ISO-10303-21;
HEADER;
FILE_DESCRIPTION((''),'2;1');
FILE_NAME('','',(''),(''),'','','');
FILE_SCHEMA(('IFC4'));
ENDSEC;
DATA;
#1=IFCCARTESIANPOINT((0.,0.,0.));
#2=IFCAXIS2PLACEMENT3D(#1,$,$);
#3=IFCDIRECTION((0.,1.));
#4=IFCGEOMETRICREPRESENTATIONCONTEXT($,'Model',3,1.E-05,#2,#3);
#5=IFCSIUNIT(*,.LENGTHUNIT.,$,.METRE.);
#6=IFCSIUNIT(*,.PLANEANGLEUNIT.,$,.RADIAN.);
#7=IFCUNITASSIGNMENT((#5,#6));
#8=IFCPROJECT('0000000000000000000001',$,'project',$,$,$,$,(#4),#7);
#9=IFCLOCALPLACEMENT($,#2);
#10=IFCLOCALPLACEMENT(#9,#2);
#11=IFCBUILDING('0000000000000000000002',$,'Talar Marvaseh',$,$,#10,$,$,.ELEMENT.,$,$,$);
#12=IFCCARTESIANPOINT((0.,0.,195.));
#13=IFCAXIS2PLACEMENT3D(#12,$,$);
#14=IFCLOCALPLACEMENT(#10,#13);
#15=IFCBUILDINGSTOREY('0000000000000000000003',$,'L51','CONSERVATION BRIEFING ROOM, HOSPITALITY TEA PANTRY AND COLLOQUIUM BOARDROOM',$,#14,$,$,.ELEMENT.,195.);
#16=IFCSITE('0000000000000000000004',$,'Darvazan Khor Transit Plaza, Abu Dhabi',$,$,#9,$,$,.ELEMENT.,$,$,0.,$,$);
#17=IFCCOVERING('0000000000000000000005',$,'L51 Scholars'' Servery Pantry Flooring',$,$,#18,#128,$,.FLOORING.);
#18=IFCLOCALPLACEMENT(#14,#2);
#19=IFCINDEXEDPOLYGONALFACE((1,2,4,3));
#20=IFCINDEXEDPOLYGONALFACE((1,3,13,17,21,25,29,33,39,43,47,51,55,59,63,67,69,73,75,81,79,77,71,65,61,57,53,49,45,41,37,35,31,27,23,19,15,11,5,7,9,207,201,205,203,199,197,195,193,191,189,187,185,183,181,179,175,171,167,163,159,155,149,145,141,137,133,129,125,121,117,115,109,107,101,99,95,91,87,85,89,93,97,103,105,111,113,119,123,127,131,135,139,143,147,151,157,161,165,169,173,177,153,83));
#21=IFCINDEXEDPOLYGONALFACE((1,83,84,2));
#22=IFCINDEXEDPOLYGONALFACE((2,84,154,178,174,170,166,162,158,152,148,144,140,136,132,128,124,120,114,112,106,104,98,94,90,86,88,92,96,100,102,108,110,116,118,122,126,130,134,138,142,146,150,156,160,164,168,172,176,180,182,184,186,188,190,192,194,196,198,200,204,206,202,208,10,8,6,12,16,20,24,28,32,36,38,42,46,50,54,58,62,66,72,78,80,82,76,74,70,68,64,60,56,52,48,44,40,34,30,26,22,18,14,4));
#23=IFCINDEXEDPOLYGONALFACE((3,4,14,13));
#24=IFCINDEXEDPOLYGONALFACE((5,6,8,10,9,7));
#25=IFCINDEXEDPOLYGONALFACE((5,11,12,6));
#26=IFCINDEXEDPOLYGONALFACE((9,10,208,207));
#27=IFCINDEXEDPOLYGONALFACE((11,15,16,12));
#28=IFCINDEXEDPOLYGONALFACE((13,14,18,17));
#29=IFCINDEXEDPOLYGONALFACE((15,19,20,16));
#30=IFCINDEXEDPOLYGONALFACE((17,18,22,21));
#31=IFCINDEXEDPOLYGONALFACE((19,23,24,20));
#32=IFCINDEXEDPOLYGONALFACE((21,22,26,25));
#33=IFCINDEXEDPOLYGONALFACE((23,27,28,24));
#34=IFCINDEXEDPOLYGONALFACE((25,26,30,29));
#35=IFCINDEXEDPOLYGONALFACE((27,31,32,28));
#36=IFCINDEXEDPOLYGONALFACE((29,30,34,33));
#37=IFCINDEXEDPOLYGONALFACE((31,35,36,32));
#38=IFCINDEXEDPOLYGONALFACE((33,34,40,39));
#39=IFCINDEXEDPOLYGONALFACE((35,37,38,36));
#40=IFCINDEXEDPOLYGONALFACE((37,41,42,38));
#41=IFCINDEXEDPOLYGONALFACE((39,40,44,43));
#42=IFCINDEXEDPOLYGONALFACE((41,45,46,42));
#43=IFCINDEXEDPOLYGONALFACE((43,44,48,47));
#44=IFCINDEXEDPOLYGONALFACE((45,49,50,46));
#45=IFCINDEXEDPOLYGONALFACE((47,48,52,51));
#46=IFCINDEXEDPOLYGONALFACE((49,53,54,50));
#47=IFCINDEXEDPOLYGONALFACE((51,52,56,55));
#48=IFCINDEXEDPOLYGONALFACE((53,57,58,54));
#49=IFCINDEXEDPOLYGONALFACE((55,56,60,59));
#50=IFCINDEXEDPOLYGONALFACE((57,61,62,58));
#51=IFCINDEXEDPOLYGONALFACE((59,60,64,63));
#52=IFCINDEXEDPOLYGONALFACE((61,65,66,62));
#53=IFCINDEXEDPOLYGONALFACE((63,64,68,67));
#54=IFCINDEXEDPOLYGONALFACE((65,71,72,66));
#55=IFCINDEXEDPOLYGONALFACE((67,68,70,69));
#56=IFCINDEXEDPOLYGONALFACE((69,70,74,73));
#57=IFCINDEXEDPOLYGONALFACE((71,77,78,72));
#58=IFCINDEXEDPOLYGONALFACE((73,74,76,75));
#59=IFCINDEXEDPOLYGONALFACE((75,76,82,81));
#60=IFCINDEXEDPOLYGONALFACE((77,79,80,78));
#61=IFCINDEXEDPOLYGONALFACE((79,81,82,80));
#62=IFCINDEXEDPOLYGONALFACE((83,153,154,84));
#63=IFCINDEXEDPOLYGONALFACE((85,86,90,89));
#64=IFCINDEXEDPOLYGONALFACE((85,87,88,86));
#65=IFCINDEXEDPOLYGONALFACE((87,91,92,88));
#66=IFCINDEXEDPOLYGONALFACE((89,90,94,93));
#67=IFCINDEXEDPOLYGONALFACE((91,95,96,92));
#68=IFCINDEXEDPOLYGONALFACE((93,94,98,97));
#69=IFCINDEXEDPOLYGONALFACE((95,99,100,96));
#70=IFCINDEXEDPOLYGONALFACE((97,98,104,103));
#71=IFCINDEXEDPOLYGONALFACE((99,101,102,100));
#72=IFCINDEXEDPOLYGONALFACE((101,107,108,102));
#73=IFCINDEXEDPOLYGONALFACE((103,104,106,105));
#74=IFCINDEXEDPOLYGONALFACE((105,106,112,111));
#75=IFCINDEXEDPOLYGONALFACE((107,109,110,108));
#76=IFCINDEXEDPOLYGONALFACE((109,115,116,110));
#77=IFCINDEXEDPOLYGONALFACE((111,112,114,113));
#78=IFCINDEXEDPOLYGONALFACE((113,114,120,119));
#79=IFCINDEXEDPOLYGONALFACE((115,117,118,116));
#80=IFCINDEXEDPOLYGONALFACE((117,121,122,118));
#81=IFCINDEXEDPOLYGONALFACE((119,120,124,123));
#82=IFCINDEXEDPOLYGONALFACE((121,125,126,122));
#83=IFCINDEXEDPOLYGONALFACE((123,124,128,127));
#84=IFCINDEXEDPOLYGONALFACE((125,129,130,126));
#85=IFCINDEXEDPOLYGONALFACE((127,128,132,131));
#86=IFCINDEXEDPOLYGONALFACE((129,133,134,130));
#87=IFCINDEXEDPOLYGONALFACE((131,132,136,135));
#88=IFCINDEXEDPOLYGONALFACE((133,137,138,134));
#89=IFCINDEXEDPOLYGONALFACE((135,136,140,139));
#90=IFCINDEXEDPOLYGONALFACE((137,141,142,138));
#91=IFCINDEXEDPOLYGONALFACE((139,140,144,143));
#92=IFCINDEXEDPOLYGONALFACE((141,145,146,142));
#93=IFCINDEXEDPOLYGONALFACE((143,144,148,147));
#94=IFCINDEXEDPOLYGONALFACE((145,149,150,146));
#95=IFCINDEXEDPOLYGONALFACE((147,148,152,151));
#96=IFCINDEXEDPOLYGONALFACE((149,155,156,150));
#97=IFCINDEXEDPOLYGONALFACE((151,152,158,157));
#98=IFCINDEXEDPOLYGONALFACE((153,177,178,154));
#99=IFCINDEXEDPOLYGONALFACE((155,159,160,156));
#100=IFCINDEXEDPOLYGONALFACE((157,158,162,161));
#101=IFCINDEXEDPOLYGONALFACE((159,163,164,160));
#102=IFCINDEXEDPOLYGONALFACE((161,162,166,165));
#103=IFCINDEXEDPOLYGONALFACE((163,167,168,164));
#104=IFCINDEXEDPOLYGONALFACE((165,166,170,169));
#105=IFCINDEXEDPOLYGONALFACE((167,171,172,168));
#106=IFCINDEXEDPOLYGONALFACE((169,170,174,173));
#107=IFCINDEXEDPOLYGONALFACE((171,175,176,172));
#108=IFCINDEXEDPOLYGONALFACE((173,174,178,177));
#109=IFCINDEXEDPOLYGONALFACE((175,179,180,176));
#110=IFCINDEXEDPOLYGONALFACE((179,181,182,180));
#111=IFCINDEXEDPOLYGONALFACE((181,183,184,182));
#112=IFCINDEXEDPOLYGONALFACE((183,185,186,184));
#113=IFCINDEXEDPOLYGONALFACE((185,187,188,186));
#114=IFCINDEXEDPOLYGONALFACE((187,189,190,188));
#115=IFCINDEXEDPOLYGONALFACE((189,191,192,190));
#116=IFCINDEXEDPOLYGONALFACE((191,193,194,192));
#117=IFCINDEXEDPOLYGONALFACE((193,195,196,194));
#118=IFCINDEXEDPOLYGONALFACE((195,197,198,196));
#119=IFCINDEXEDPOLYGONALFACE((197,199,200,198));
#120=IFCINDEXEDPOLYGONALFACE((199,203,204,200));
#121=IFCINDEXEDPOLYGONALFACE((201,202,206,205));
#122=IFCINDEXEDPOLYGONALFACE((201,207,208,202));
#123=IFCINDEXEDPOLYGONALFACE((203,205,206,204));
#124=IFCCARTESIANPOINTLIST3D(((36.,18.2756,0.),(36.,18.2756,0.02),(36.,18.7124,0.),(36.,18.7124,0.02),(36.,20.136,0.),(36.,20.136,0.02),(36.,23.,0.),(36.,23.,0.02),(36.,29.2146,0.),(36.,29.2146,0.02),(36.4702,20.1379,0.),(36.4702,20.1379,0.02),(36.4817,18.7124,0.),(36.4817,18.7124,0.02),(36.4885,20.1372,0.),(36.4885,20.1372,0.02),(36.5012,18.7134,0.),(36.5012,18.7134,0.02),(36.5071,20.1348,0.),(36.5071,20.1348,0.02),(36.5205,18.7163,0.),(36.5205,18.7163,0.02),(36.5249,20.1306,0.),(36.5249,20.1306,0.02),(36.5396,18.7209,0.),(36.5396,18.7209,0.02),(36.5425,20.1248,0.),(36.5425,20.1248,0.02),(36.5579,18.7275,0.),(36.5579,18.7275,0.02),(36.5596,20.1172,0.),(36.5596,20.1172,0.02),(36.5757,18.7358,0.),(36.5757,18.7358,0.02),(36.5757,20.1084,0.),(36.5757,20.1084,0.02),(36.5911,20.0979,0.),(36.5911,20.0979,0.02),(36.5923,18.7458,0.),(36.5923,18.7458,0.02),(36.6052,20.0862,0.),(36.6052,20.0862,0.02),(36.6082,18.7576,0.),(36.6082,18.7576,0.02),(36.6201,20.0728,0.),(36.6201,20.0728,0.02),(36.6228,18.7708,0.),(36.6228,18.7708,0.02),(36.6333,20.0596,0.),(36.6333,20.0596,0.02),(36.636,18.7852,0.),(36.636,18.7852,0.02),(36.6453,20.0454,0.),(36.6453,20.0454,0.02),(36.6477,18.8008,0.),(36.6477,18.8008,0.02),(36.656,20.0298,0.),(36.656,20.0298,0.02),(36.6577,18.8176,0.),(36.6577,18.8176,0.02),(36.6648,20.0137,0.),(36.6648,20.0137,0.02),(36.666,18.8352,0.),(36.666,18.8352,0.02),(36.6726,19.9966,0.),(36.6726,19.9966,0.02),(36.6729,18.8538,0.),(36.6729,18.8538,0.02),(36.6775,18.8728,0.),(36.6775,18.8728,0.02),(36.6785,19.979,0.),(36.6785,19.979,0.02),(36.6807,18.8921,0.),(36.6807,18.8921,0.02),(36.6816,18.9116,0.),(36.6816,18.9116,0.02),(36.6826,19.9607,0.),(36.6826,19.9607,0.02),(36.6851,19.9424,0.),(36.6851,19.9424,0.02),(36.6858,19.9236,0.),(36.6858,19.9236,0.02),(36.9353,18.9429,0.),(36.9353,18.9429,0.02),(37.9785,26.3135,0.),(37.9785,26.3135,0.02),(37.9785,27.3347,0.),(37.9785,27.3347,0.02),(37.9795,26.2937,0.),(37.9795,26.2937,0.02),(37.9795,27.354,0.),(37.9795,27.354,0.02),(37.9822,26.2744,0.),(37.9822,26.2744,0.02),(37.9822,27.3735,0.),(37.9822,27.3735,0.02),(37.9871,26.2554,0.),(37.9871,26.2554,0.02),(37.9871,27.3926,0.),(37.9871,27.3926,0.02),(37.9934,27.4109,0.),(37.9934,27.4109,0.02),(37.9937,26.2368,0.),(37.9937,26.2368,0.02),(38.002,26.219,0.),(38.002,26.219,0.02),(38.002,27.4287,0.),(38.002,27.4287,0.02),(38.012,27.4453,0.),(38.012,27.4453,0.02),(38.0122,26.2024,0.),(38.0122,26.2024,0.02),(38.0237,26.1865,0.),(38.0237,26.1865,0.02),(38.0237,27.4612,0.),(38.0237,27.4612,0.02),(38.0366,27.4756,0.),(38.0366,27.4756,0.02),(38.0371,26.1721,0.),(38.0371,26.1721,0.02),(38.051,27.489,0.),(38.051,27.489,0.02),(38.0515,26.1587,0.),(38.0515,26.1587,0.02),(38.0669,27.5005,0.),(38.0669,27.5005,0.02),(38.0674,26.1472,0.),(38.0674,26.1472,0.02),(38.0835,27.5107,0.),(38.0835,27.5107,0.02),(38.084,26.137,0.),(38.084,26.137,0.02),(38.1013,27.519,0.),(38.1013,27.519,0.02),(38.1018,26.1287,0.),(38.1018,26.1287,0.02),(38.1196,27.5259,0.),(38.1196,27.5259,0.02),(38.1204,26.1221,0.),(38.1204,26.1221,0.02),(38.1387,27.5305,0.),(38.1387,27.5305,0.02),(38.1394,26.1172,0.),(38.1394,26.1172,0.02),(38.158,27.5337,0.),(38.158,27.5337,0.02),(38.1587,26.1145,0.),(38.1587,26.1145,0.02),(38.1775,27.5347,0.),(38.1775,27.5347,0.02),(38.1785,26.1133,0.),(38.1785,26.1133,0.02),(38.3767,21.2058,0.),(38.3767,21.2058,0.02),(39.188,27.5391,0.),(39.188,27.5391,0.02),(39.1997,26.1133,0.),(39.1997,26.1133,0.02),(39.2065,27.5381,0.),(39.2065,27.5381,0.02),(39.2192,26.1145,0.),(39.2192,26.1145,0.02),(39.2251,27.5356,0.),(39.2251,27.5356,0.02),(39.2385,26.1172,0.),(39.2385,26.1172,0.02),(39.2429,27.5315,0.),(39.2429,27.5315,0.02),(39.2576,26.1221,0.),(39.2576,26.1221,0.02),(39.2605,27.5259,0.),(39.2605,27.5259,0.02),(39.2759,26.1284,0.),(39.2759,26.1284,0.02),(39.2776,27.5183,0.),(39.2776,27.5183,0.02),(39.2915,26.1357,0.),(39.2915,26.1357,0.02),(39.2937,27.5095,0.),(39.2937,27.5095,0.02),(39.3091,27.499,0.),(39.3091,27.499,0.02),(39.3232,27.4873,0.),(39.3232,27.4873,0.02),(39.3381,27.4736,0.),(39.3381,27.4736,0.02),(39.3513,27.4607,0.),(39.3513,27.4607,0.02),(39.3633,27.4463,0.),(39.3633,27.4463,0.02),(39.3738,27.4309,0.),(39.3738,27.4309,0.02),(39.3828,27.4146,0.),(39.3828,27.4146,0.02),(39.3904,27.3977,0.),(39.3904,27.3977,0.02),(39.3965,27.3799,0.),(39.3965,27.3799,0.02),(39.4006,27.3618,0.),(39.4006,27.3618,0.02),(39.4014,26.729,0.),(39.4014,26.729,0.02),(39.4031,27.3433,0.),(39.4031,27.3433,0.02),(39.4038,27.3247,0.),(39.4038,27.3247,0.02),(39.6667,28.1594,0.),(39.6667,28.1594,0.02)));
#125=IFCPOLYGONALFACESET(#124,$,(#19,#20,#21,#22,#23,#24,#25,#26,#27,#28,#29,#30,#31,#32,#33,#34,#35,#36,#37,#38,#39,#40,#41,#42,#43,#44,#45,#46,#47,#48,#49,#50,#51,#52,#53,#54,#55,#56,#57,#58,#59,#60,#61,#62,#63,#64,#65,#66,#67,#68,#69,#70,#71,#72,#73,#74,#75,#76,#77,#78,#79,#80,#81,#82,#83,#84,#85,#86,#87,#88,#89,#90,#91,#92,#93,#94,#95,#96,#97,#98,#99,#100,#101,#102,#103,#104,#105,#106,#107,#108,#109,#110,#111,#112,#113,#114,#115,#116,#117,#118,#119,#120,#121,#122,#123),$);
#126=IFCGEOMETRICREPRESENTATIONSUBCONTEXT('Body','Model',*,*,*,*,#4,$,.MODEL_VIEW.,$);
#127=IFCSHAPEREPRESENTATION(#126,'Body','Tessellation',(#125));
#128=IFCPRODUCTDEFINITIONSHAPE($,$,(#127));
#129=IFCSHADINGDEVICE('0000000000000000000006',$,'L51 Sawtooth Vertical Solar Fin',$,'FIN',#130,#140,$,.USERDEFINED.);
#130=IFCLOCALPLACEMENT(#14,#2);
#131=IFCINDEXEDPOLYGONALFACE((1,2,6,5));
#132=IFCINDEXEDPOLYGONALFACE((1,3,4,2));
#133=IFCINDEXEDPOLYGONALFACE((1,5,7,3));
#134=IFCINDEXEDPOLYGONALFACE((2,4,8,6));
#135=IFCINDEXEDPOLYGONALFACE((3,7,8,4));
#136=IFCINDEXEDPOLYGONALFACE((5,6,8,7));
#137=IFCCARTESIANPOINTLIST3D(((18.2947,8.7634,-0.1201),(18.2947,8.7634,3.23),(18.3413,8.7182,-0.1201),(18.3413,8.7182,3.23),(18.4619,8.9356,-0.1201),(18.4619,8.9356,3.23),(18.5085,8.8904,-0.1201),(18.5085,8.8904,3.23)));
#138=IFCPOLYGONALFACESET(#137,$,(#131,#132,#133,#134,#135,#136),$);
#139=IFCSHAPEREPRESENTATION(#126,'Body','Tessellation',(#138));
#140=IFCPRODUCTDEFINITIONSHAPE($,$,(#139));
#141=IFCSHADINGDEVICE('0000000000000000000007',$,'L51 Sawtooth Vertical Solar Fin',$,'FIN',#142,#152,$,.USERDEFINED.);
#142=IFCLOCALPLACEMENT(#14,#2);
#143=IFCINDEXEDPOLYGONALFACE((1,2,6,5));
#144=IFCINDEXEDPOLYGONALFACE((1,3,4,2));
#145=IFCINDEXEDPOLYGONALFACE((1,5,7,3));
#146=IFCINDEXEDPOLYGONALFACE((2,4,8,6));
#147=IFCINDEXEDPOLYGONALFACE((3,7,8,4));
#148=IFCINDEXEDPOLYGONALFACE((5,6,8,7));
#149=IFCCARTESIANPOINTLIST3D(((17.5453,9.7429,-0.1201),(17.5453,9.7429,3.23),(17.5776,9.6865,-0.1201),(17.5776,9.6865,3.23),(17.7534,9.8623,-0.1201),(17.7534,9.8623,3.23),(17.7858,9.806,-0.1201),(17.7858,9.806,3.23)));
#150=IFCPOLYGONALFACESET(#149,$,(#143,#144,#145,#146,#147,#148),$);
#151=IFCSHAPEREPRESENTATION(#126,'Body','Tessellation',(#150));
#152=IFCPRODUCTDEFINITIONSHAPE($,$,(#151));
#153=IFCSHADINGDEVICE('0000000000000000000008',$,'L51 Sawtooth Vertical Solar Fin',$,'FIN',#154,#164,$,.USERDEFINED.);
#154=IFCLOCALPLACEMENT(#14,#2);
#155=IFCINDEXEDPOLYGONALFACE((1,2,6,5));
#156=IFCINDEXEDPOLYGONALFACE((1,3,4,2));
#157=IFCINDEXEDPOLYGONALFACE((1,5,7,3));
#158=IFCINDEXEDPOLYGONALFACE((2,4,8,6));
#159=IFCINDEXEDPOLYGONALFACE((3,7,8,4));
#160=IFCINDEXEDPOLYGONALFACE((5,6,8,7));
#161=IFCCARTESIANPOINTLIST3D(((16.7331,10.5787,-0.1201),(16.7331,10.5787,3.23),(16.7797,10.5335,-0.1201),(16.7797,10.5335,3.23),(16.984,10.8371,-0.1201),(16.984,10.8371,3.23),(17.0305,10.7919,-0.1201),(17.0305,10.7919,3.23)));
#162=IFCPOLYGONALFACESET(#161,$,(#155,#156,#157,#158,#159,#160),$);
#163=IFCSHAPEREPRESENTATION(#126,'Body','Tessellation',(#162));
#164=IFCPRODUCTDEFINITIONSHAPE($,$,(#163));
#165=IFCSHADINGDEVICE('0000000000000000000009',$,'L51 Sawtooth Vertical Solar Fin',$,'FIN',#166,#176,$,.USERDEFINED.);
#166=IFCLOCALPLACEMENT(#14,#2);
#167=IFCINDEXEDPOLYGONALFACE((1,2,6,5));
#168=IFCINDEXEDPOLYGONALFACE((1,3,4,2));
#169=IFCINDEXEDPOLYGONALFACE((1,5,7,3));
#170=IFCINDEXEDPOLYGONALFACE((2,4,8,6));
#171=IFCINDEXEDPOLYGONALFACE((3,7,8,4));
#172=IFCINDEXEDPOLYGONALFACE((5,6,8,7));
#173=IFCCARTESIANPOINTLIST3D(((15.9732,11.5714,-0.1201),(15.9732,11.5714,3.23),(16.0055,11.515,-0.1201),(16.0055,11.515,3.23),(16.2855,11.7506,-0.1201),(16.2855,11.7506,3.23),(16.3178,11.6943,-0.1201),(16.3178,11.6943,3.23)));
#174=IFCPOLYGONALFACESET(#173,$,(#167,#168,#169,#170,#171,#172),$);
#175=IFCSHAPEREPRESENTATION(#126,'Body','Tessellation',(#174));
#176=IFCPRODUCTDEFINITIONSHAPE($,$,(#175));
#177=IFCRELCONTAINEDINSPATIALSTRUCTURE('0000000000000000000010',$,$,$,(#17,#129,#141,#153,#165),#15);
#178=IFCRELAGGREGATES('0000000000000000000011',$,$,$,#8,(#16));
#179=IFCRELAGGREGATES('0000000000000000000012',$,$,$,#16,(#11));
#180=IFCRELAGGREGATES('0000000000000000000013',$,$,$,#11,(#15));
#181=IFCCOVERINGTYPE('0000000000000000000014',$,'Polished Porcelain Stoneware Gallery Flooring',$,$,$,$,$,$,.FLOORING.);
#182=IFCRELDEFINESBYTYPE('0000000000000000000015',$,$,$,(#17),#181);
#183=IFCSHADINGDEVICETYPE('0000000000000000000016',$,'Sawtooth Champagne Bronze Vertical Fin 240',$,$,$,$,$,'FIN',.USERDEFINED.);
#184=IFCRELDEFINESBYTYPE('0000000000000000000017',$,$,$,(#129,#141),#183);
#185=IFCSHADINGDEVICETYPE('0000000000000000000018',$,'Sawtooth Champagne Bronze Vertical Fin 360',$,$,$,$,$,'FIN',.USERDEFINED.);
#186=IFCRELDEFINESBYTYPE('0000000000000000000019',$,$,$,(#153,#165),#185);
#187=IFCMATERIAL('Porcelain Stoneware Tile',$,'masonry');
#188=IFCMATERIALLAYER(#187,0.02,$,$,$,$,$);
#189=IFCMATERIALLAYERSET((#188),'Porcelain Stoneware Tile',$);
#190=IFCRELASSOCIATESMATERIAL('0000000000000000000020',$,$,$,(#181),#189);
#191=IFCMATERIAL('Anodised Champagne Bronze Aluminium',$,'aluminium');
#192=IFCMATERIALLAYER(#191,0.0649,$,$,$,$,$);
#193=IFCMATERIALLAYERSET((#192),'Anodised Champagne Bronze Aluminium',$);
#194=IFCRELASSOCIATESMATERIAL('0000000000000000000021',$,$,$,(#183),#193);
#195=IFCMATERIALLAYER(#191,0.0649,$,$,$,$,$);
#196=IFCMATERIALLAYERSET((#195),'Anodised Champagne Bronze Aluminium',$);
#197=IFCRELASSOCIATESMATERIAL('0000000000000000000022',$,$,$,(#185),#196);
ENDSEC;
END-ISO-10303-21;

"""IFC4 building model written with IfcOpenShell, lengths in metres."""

from ifc_helpers import new_model, si_unit, direction, frame, origin, origin_2d, place, context, subcontext, project, spatial, polyline, rectangle, outline, extrude, source, transform, mapped, material, layer, layer_set, type_object, type_shapes, element, save


model = new_model("IFC4")

# Units and contexts
model_context = context("Model", 3, precision=1e-05, world=origin(), true_north=direction((0.0, 1.0)))
body_context = subcontext(model_context, "Body", "Model", "MODEL_VIEW")
ifc_project = project(units=[si_unit("LENGTHUNIT", "METRE"), si_unit("PLANEANGLEUNIT", "RADIAN")], contexts=[model_context])

# Site, building, storey
site_placement = place(None, origin())
site = spatial("IfcSite", under=ifc_project, at=site_placement, Name="Darvazan Khor Transit Plaza, Abu Dhabi", CompositionType="ELEMENT", RefElevation=0.0)
building_placement = place(site_placement, origin())
building = spatial("IfcBuilding", under=site, at=building_placement, Name="Talar Marvaseh", CompositionType="ELEMENT")
storey_placement = place(building_placement, frame((0.0, 0.0, 195.0)))
storey = spatial("IfcBuildingStorey", under=building, at=storey_placement, Name="L51", Description="CONSERVATION BRIEFING ROOM, HOSPITALITY TEA PANTRY AND COLLOQUIUM BOARDROOM", CompositionType="ELEMENT", Elevation=195.0)

# Covering
ifc_material_1 = material(Name="Porcelain Stoneware Tile", Category="masonry")
ifc_layer_1 = layer(ifc_material_1, 0.02)
ifc_layer_set_1 = layer_set([ifc_layer_1], Name="Porcelain Stoneware Tile")
covering_type_1 = type_object("IfcCoveringType", Name="Polished Porcelain Stoneware Gallery Flooring", PredefinedType="FLOORING", material=ifc_layer_set_1)
covering_1_placement = place(storey_placement, origin())
element("IfcCovering", 1, at=covering_1_placement, inside=storey, type_object=covering_type_1, Name="L51 Scholars' Servery Pantry Flooring", PredefinedType="FLOORING", context=body_context, shape_type="SweptSolid", body=[
    extrude(outline(polyline([(36.0, 18.7124), (36.4817, 18.7124), (36.5012, 18.7134), (36.5205, 18.7163), (36.5396, 18.7209), (36.5579, 18.7275), (36.5757, 18.7358), (36.5923, 18.7458), (36.6082, 18.7576), (36.6228, 18.7708), (36.636, 18.7852), (36.6477, 18.8008), (36.6577, 18.8176), (36.666, 18.8352), (36.6729, 18.8538), (36.6775, 18.8728), (36.6807, 18.8921), (36.6816, 18.9116), (36.6858, 19.9236), (36.6851, 19.9424), (36.6826, 19.9607), (36.6785, 19.979), (36.6726, 19.9966), (36.6648, 20.0137), (36.656, 20.0298), (36.6453, 20.0454), (36.6333, 20.0596), (36.6201, 20.0728), (36.6052, 20.0862), (36.5911, 20.0979), (36.5757, 20.1084), (36.5596, 20.1172), (36.5425, 20.1248), (36.5249, 20.1306), (36.5071, 20.1348), (36.4885, 20.1372), (36.4702, 20.1379), (36.0, 20.136), (36.0, 23.0), (36.0, 29.2146), (39.6667, 28.1594), (39.4014, 26.729), (39.4038, 27.3247), (39.4031, 27.3433), (39.4006, 27.3618), (39.3965, 27.3799), (39.3904, 27.3977), (39.3828, 27.4146), (39.3738, 27.4309), (39.3633, 27.4463), (39.3513, 27.4607), (39.3381, 27.4736), (39.3232, 27.4873), (39.3091, 27.499), (39.2937, 27.5095), (39.2776, 27.5183), (39.2605, 27.5259), (39.2429, 27.5315), (39.2251, 27.5356), (39.2065, 27.5381), (39.188, 27.5391), (38.1775, 27.5347), (38.158, 27.5337), (38.1387, 27.5305), (38.1196, 27.5259), (38.1013, 27.519), (38.0835, 27.5107), (38.0669, 27.5005), (38.051, 27.489), (38.0366, 27.4756), (38.0237, 27.4612), (38.012, 27.4453), (38.002, 27.4287), (37.9934, 27.4109), (37.9871, 27.3926), (37.9822, 27.3735), (37.9795, 27.354), (37.9785, 27.3347), (37.9785, 26.3135), (37.9795, 26.2937), (37.9822, 26.2744), (37.9871, 26.2554), (37.9937, 26.2368), (38.002, 26.219), (38.0122, 26.2024), (38.0237, 26.1865), (38.0371, 26.1721), (38.0515, 26.1587), (38.0674, 26.1472), (38.084, 26.137), (38.1018, 26.1287), (38.1204, 26.1221), (38.1394, 26.1172), (38.1587, 26.1145), (38.1785, 26.1133), (39.1997, 26.1133), (39.2192, 26.1145), (39.2385, 26.1172), (39.2576, 26.1221), (39.2759, 26.1284), (39.2915, 26.1357), (38.3767, 21.2058), (36.9353, 18.9429), (36.0, 18.2756), (36.0, 18.7124)])), origin(), (0.0, 0.0, 1.0), 0.02),
])

# Shading devices
ifc_material_2 = material(Name="Anodised Champagne Bronze Aluminium", Category="aluminium")
ifc_layer_2 = layer(ifc_material_2, 0.0649)
ifc_layer_set_2 = layer_set([ifc_layer_2], Name="Anodised Champagne Bronze Aluminium")
shading_device_type_1 = type_object("IfcShadingDeviceType", Name="Sawtooth Champagne Bronze Vertical Fin 240", ElementType="FIN", PredefinedType="USERDEFINED", material=ifc_layer_set_2)
shared_shape_1 = source(origin(), body_context, "Body", "SweptSolid", [
    extrude(rectangle(XDim=0.24, YDim=0.0649, at=origin_2d()), origin(), (0.0, 0.0, 1.0), 3.3501),
])
type_shapes(shading_device_type_1, [shared_shape_1])
for number, where, z_axis, x_axis, name in (
    (2, (18.4016, 8.8269, -0.1201), (0.0, 0.0, 1.0), (-0.696539, -0.717519, 0.0), "L51 Sawtooth Vertical Solar Fin"),
    (3, (17.6655, 9.7744, -0.1201), (0.0, 0.0, 1.0), (-0.867331, -0.497731, 0.0), "L51 Sawtooth Vertical Solar Fin"),
):
    element("IfcShadingDevice", number, at=place(storey_placement, frame(where, z_axis=z_axis, x_axis=x_axis)), inside=storey, type_object=shading_device_type_1, Name=name, ObjectType="FIN", PredefinedType="USERDEFINED", context=body_context, shape_type="MappedRepresentation", body=[
        mapped(shared_shape_1, transform((0.0, 0.0, 0.0), x_axis=(1.0, 0.0, 0.0), y_axis=(0.0, 1.0, 0.0), z_axis=(0.0, 0.0, 1.0), scale=1.0)),
    ])
ifc_layer_3 = layer(ifc_material_2, 0.0649)
ifc_layer_set_3 = layer_set([ifc_layer_3], Name="Anodised Champagne Bronze Aluminium")
shading_device_type_2 = type_object("IfcShadingDeviceType", Name="Sawtooth Champagne Bronze Vertical Fin 360", ElementType="FIN", PredefinedType="USERDEFINED", material=ifc_layer_set_3)
shared_shape_2 = source(origin(), body_context, "Body", "SweptSolid", [
    extrude(rectangle(XDim=0.3601, YDim=0.0649, at=origin_2d()), origin(), (0.0, 0.0, 1.0), 3.3501),
])
type_shapes(shading_device_type_2, [shared_shape_2])
for number, where, z_axis, x_axis, name in (
    (4, (16.8818, 10.6853, -0.1201), (0.0, 0.0, 1.0), (-0.696539, -0.717519, 0.0), "L51 Sawtooth Vertical Solar Fin"),
    (5, (16.1455, 11.6328, -0.1201), (0.0, 0.0, 1.0), (-0.867331, -0.497731, 0.0), "L51 Sawtooth Vertical Solar Fin"),
):
    element("IfcShadingDevice", number, at=place(storey_placement, frame(where, z_axis=z_axis, x_axis=x_axis)), inside=storey, type_object=shading_device_type_2, Name=name, ObjectType="FIN", PredefinedType="USERDEFINED", context=body_context, shape_type="MappedRepresentation", body=[
        mapped(shared_shape_2, transform((0.0, 0.0, 0.0), x_axis=(1.0, 0.0, 0.0), y_axis=(0.0, 1.0, 0.0), z_axis=(0.0, 0.0, 1.0), scale=1.0)),
    ])

save(model, "model.ifc")
